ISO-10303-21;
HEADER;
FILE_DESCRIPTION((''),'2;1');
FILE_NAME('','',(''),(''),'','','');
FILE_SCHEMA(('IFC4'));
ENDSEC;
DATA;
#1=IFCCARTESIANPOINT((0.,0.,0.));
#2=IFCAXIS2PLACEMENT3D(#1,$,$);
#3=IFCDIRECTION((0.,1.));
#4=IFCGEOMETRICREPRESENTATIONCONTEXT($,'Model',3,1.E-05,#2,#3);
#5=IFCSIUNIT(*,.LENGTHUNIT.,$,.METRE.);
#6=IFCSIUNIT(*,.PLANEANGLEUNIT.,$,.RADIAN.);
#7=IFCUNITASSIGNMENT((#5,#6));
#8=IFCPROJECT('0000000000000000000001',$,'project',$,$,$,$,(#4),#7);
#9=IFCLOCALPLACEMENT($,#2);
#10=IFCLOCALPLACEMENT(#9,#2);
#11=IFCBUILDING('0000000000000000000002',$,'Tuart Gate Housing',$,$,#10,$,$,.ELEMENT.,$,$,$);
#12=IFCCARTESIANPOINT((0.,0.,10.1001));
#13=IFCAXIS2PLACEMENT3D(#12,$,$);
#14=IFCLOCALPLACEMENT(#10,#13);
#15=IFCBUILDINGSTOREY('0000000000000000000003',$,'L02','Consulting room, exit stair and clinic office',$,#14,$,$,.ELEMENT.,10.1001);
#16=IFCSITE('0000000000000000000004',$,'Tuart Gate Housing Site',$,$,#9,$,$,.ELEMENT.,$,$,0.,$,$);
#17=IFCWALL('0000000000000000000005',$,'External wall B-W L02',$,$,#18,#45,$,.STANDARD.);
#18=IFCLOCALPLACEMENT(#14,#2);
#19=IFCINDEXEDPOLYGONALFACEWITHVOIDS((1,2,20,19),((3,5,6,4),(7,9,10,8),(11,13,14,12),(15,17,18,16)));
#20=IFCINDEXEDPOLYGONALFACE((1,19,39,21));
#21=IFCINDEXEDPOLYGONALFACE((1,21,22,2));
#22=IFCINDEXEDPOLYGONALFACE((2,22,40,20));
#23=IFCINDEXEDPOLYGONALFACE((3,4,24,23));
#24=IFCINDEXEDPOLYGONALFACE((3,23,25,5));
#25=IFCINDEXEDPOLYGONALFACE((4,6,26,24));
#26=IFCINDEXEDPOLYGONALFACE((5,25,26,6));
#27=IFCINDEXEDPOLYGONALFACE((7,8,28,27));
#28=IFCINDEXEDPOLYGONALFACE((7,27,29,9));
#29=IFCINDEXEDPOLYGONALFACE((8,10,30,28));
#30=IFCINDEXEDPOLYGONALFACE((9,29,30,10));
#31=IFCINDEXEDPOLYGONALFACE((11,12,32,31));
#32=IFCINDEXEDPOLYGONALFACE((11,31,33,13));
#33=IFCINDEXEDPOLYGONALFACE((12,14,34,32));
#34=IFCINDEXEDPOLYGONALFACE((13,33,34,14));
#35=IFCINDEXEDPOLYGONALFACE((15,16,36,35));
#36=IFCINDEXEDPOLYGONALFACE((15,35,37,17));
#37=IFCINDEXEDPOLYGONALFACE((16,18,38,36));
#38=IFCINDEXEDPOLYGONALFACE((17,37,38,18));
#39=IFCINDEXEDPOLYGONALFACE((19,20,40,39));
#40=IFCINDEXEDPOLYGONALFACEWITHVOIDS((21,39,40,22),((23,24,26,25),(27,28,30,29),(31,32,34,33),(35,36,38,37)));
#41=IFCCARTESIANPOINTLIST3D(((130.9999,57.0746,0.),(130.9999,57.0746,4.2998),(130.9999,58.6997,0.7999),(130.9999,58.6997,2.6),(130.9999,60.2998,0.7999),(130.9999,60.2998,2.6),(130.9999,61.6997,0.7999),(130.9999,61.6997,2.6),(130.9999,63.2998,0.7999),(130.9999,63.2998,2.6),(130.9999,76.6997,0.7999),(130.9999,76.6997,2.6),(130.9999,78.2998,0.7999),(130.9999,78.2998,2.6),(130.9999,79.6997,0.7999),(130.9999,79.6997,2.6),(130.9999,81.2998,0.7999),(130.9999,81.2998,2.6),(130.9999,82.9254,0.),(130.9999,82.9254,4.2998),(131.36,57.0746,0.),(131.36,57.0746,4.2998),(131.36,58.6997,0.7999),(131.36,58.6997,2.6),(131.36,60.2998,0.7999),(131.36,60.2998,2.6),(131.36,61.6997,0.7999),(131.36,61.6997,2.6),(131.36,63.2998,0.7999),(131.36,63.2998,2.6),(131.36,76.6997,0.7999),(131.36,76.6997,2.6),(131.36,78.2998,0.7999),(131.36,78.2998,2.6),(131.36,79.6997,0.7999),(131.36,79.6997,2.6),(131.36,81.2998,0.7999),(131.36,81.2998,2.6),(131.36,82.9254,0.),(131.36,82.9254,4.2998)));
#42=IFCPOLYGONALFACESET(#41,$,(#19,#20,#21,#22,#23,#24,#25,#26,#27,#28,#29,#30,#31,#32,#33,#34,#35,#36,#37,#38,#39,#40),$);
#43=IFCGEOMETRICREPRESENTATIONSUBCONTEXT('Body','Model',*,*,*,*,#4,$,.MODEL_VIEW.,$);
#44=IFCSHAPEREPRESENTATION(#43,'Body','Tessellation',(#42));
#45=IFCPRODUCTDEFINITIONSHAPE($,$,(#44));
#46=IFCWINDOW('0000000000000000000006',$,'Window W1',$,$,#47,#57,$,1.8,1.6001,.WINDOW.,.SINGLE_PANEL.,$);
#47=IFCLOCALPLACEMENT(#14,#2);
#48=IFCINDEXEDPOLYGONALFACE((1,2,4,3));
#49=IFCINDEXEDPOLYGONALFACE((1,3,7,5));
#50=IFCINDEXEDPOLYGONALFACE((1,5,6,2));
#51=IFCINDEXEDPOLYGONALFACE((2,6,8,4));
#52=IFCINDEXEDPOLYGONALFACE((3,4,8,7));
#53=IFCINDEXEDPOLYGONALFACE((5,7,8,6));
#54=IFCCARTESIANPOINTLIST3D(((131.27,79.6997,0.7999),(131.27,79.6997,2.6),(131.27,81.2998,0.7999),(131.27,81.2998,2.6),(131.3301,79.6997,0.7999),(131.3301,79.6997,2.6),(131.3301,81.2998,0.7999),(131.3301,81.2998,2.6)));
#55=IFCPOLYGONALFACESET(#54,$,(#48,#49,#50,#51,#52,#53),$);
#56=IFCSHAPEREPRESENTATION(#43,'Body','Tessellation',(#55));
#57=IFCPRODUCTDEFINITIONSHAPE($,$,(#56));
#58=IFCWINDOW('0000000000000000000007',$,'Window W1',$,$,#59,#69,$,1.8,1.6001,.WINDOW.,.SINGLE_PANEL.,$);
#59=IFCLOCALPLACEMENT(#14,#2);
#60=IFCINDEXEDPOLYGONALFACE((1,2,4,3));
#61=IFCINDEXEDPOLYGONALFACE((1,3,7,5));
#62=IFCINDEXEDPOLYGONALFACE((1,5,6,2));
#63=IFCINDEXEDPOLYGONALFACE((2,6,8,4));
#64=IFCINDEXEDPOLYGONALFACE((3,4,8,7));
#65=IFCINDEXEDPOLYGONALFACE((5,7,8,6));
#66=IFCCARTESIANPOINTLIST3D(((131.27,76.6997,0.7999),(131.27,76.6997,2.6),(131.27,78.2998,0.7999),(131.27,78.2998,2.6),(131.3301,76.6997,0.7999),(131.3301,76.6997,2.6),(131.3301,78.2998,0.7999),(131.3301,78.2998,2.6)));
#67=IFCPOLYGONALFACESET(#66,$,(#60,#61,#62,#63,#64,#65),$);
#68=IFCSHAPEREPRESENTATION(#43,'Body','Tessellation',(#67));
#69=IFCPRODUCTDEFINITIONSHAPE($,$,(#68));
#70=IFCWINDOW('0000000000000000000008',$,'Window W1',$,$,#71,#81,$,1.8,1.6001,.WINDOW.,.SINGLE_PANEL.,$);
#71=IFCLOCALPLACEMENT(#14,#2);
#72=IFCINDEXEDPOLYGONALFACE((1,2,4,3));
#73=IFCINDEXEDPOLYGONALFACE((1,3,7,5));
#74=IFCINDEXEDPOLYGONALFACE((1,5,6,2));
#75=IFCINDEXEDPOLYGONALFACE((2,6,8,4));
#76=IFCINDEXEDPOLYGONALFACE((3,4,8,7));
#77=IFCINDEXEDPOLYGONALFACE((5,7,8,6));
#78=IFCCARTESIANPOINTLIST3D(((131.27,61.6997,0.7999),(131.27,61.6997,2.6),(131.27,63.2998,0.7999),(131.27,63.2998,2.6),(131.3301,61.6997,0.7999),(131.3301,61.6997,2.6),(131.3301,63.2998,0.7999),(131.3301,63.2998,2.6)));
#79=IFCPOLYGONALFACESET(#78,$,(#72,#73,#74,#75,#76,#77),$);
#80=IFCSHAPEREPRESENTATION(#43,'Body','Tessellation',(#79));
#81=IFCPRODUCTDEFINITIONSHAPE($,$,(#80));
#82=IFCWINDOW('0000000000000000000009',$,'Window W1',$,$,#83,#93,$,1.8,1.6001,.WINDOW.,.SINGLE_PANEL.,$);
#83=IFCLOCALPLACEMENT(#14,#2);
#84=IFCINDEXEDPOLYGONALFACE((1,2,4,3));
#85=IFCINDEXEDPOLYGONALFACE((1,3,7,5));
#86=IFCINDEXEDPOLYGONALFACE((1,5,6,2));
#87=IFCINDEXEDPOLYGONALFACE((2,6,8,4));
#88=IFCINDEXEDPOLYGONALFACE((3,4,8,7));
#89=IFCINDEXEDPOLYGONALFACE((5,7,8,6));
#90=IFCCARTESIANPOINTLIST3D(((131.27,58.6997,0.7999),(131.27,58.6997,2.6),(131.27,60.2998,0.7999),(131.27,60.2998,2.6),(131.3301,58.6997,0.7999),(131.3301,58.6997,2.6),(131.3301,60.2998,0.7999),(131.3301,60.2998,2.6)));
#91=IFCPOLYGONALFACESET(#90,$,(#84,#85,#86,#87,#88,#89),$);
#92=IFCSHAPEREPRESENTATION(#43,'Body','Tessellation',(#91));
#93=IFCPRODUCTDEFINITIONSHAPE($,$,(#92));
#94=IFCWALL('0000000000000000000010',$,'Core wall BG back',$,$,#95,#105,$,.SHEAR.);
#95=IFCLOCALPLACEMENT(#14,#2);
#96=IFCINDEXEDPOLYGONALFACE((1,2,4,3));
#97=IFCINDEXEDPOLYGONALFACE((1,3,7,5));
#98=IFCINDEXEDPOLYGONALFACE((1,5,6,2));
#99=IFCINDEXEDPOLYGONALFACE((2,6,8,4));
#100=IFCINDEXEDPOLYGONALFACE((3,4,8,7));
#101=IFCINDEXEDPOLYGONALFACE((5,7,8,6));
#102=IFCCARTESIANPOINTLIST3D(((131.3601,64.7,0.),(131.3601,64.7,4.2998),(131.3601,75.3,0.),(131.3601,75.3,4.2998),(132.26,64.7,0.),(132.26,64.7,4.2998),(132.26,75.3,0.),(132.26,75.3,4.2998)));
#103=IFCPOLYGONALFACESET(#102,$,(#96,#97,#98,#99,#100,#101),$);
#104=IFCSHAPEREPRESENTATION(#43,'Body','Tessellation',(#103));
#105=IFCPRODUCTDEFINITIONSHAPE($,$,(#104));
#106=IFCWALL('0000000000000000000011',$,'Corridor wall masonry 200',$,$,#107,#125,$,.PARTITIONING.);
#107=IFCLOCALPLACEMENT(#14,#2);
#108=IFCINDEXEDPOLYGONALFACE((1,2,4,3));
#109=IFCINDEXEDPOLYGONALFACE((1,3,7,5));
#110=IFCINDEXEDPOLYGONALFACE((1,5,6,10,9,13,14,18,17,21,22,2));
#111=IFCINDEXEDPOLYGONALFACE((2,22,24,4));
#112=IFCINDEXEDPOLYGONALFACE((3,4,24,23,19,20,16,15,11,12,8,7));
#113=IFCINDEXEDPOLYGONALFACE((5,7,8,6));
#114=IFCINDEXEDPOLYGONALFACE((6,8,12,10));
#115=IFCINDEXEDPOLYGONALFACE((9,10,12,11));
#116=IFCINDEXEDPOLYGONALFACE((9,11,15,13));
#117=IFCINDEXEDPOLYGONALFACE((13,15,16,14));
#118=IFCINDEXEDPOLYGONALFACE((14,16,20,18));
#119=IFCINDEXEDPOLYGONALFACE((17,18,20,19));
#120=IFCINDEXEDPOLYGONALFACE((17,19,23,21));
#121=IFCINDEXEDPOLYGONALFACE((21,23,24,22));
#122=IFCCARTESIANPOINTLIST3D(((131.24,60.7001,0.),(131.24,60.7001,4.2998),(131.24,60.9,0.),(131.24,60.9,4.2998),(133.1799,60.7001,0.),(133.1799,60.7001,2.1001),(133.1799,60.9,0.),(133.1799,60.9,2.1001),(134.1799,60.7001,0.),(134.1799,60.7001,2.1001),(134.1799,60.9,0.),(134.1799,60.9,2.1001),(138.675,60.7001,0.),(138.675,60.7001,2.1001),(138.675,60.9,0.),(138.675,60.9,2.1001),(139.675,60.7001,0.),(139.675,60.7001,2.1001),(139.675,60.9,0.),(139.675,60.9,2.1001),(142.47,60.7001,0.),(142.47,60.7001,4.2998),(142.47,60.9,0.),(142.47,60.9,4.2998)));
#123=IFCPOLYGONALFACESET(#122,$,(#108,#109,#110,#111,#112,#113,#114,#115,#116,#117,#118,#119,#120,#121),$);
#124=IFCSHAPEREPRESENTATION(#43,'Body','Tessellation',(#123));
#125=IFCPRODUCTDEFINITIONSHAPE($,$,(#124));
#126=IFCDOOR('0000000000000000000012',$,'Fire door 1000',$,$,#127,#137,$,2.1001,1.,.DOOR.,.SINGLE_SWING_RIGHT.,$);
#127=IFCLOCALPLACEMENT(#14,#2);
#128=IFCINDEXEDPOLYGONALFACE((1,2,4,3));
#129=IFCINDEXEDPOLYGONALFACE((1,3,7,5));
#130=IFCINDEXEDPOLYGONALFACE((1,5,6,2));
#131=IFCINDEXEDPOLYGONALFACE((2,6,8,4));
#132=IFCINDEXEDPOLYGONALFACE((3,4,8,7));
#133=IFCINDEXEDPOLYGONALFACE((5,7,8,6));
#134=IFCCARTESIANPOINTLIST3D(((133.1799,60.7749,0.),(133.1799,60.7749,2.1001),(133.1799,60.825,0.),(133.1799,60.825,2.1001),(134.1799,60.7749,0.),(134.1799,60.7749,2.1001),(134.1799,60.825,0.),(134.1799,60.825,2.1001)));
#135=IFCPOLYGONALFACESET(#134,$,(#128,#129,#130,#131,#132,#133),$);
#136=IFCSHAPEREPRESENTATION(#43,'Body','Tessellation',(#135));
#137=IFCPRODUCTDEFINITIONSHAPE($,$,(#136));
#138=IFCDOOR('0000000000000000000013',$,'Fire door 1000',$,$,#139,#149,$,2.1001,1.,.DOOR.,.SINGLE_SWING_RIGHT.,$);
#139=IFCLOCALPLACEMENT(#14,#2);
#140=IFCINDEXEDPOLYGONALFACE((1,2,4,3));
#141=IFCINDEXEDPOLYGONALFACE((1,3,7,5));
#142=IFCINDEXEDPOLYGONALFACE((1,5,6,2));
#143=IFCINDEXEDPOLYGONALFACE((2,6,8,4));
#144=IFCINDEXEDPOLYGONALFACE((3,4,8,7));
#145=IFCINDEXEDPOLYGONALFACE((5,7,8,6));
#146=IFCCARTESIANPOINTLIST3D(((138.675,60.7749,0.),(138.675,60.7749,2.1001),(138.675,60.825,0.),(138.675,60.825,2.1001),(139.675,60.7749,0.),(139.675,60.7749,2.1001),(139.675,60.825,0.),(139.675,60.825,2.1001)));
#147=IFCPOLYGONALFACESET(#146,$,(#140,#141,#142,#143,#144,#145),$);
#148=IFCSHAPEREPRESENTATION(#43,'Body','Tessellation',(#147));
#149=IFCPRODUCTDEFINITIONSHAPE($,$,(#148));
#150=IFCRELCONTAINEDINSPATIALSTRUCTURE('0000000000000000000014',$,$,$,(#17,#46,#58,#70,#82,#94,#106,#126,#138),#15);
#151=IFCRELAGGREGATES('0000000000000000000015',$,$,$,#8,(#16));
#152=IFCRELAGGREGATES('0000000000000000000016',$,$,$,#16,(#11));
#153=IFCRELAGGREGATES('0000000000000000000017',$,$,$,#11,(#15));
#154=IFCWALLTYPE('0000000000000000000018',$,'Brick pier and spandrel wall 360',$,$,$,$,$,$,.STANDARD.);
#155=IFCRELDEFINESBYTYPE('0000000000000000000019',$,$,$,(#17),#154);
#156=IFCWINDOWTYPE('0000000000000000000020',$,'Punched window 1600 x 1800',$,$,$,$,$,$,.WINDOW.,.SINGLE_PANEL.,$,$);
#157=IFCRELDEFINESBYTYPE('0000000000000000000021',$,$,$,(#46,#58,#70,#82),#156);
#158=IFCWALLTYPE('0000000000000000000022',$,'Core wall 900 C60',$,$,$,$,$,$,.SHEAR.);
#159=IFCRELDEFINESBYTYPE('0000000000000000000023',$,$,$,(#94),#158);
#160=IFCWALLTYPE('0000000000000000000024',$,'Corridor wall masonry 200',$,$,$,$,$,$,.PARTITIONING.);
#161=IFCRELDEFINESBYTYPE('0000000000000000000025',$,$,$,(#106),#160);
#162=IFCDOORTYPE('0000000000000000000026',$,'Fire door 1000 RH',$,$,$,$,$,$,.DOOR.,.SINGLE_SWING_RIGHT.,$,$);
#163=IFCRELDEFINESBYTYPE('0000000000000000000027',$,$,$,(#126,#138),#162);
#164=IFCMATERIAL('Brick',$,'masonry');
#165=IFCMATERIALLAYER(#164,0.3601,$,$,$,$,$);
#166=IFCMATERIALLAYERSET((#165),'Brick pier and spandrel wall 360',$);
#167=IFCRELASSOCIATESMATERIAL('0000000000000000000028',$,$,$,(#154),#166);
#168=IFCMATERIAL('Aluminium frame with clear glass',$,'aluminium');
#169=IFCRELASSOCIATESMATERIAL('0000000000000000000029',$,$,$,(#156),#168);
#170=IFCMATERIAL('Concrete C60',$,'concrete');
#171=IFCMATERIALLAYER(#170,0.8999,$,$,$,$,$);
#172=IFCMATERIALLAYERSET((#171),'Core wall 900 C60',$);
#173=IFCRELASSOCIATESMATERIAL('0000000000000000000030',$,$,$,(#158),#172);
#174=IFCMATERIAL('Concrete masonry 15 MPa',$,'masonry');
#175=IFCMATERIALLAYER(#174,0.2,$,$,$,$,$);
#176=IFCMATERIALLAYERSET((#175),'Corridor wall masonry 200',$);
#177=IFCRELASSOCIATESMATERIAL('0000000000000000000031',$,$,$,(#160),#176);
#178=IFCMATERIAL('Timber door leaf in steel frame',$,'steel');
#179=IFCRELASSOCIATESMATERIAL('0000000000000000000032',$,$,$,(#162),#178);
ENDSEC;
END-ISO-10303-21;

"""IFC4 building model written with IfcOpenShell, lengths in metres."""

from ifc_helpers import new_model, si_unit, direction, frame, frame_2d, origin, place, context, subcontext, project, spatial, rectangle, extrude, material, layer, layer_set, type_object, element, fill, save


model = new_model("IFC4")

# Units and contexts
model_context = context("Model", 3, precision=1e-05, world=origin(), true_north=direction((0.0, 1.0)))
body_context = subcontext(model_context, "Body", "Model", "MODEL_VIEW")
ifc_project = project(units=[si_unit("LENGTHUNIT", "METRE"), si_unit("PLANEANGLEUNIT", "RADIAN")], contexts=[model_context])

# Site, building, storey
site_placement = place(None, origin())
site = spatial("IfcSite", under=ifc_project, at=site_placement, Name="Tuart Gate Housing Site", CompositionType="ELEMENT", RefElevation=0.0)
building_placement = place(site_placement, origin())
building = spatial("IfcBuilding", under=site, at=building_placement, Name="Tuart Gate Housing", CompositionType="ELEMENT")
storey_placement = place(building_placement, frame((0.0, 0.0, 10.1001)))
storey = spatial("IfcBuildingStorey", under=building, at=storey_placement, Name="L02", Description="Consulting room, exit stair and clinic office", CompositionType="ELEMENT", Elevation=10.1001)

# Shared definitions
ifc_material_1 = material(Name="Brick", Category="masonry")
ifc_layer_1 = layer(ifc_material_1, 0.3601)
ifc_layer_set_1 = layer_set([ifc_layer_1], Name="Brick pier and spandrel wall 360")
wall_type_1 = type_object("IfcWallType", Name="Brick pier and spandrel wall 360", PredefinedType="STANDARD", material=ifc_layer_set_1)
ifc_material_2 = material(Name="Aluminium frame with clear glass", Category="aluminium")
window_type = type_object("IfcWindowType", Name="Punched window 1600 x 1800", PartitioningType="SINGLE_PANEL", PredefinedType="WINDOW", material=ifc_material_2)

# Wall, openings, windows
wall_1_placement = place(storey_placement, frame((131.1799, 82.9253, 0.0), z_axis=(0.0, 0.0, 1.0), x_axis=(0.0, -1.0, 0.0)))
wall_1 = element("IfcWall", 1, at=wall_1_placement, inside=storey, type_object=wall_type_1, Name="External wall B-W L02", PredefinedType="STANDARD", context=body_context, shape_type="SweptSolid", body=[
    extrude(rectangle(XDim=25.8508, YDim=0.3601, at=frame_2d((12.9253, 0.0))), origin(), (0.0, 0.0, 1.0), 4.2998),
])
opening_1_placement = place(wall_1_placement, frame((1.6255, 0.0, 0.8)))
opening_1 = element("IfcOpeningElement", 2, at=opening_1_placement, cuts=wall_1, PredefinedType="OPENING", context=body_context, shape_type="SweptSolid", body=[
    extrude(rectangle(XDim=1.6001, YDim=1.8, at=frame_2d((0.8, 0.8999))), frame((0.0, 0.1899, 0.0), z_axis=(0.0, -1.0, 0.0), x_axis=(1.0, 0.0, 0.0)), (0.0, 0.0, 1.0), 0.3801),
])
opening_2_placement = place(wall_1_placement, frame((4.6255, 0.0, 0.8)))
opening_2 = element("IfcOpeningElement", 3, at=opening_2_placement, cuts=wall_1, PredefinedType="OPENING", context=body_context, shape_type="SweptSolid", body=[
    extrude(rectangle(XDim=1.6001, YDim=1.8, at=frame_2d((0.8, 0.8999))), frame((0.0, 0.1899, 0.0), z_axis=(0.0, -1.0, 0.0), x_axis=(1.0, 0.0, 0.0)), (0.0, 0.0, 1.0), 0.3801),
])
opening_3_placement = place(wall_1_placement, frame((19.6255, 0.0, 0.8)))
opening_3 = element("IfcOpeningElement", 4, at=opening_3_placement, cuts=wall_1, PredefinedType="OPENING", context=body_context, shape_type="SweptSolid", body=[
    extrude(rectangle(XDim=1.6001, YDim=1.8, at=frame_2d((0.8, 0.8999))), frame((0.0, 0.1899, 0.0), z_axis=(0.0, -1.0, 0.0), x_axis=(1.0, 0.0, 0.0)), (0.0, 0.0, 1.0), 0.3801),
])
opening_4_placement = place(wall_1_placement, frame((22.6255, 0.0, 0.8)))
opening_4 = element("IfcOpeningElement", 5, at=opening_4_placement, cuts=wall_1, PredefinedType="OPENING", context=body_context, shape_type="SweptSolid", body=[
    extrude(rectangle(XDim=1.6001, YDim=1.8, at=frame_2d((0.8, 0.8999))), frame((0.0, 0.1899, 0.0), z_axis=(0.0, -1.0, 0.0), x_axis=(1.0, 0.0, 0.0)), (0.0, 0.0, 1.0), 0.3801),
])
window_1_placement = place(opening_1_placement, origin())
window_1 = element("IfcWindow", 6, at=window_1_placement, inside=storey, type_object=window_type, Name="Window W1", OverallHeight=1.8, OverallWidth=1.6001, PartitioningType="SINGLE_PANEL", PredefinedType="WINDOW", context=body_context, shape_type="SweptSolid", body=[
    extrude(rectangle(XDim=1.6001, YDim=1.8, at=frame_2d((0.8, 0.8999))), frame((0.0, 0.1501, 0.0), z_axis=(0.0, -1.0, 0.0), x_axis=(1.0, 0.0, 0.0)), (0.0, 0.0, 1.0), 0.0601),
])
fill(opening_1, window_1)
window_2_placement = place(opening_2_placement, origin())
window_2 = element("IfcWindow", 7, at=window_2_placement, inside=storey, type_object=window_type, Name="Window W1", OverallHeight=1.8, OverallWidth=1.6001, PartitioningType="SINGLE_PANEL", PredefinedType="WINDOW", context=body_context, shape_type="SweptSolid", body=[
    extrude(rectangle(XDim=1.6001, YDim=1.8, at=frame_2d((0.8, 0.8999))), frame((0.0, 0.1501, 0.0), z_axis=(0.0, -1.0, 0.0), x_axis=(1.0, 0.0, 0.0)), (0.0, 0.0, 1.0), 0.0601),
])
fill(opening_2, window_2)
window_3_placement = place(opening_3_placement, origin())
window_3 = element("IfcWindow", 8, at=window_3_placement, inside=storey, type_object=window_type, Name="Window W1", OverallHeight=1.8, OverallWidth=1.6001, PartitioningType="SINGLE_PANEL", PredefinedType="WINDOW", context=body_context, shape_type="SweptSolid", body=[
    extrude(rectangle(XDim=1.6001, YDim=1.8, at=frame_2d((0.8, 0.8999))), frame((0.0, 0.1501, 0.0), z_axis=(0.0, -1.0, 0.0), x_axis=(1.0, 0.0, 0.0)), (0.0, 0.0, 1.0), 0.0601),
])
fill(opening_3, window_3)
window_4_placement = place(opening_4_placement, origin())
window_4 = element("IfcWindow", 9, at=window_4_placement, inside=storey, type_object=window_type, Name="Window W1", OverallHeight=1.8, OverallWidth=1.6001, PartitioningType="SINGLE_PANEL", PredefinedType="WINDOW", context=body_context, shape_type="SweptSolid", body=[
    extrude(rectangle(XDim=1.6001, YDim=1.8, at=frame_2d((0.8, 0.8999))), frame((0.0, 0.1501, 0.0), z_axis=(0.0, -1.0, 0.0), x_axis=(1.0, 0.0, 0.0)), (0.0, 0.0, 1.0), 0.0601),
])
fill(opening_4, window_4)

# Wall
ifc_material_3 = material(Name="Concrete C60", Category="concrete")
ifc_layer_2 = layer(ifc_material_3, 0.8999)
ifc_layer_set_2 = layer_set([ifc_layer_2], Name="Core wall 900 C60")
wall_type_2 = type_object("IfcWallType", Name="Core wall 900 C60", PredefinedType="SHEAR", material=ifc_layer_set_2)
wall_2_placement = place(storey_placement, frame((131.8101, 64.7, 0.0), z_axis=(0.0, 0.0, 1.0), x_axis=(0.0, 1.0, 0.0)))
element("IfcWall", 10, at=wall_2_placement, inside=storey, type_object=wall_type_2, Name="Core wall BG back", PredefinedType="SHEAR", context=body_context, shape_type="SweptSolid", body=[
    extrude(rectangle(XDim=10.6001, YDim=0.8999, at=frame_2d((5.3, 0.0))), origin(), (0.0, 0.0, 1.0), 4.2998),
])

# Wall, openings, doors
ifc_material_4 = material(Name="Concrete masonry 15 MPa", Category="masonry")
ifc_layer_3 = layer(ifc_material_4, 0.2)
ifc_layer_set_3 = layer_set([ifc_layer_3], Name="Corridor wall masonry 200")
wall_type_3 = type_object("IfcWallType", Name="Corridor wall masonry 200", PredefinedType="PARTITIONING", material=ifc_layer_set_3)
wall_3_placement = place(storey_placement, frame((131.24, 60.8, 0.0), z_axis=(0.0, 0.0, 1.0), x_axis=(1.0, 0.0, 0.0)))
wall_3 = element("IfcWall", 11, at=wall_3_placement, inside=storey, type_object=wall_type_3, Name="Corridor wall masonry 200", PredefinedType="PARTITIONING", context=body_context, shape_type="SweptSolid", body=[
    extrude(rectangle(XDim=11.23, YDim=0.2, at=frame_2d((5.615, 0.0))), origin(), (0.0, 0.0, 1.0), 4.2998),
])
opening_5_placement = place(wall_3_placement, frame((1.9399, 0.0, 0.0)))
opening_5 = element("IfcOpeningElement", 12, at=opening_5_placement, cuts=wall_3, PredefinedType="OPENING", context=body_context, shape_type="SweptSolid", body=[
    extrude(rectangle(XDim=1.0, YDim=2.1001, at=frame_2d((0.5, 1.05))), frame((0.0, 0.1099, 0.0), z_axis=(0.0, -1.0, 0.0), x_axis=(1.0, 0.0, 0.0)), (0.0, 0.0, 1.0), 0.22),
])
opening_6_placement = place(wall_3_placement, frame((7.4351, 0.0, 0.0)))
opening_6 = element("IfcOpeningElement", 13, at=opening_6_placement, cuts=wall_3, PredefinedType="OPENING", context=body_context, shape_type="SweptSolid", body=[
    extrude(rectangle(XDim=1.0, YDim=2.1001, at=frame_2d((0.5, 1.05))), frame((0.0, 0.1099, 0.0), z_axis=(0.0, -1.0, 0.0), x_axis=(1.0, 0.0, 0.0)), (0.0, 0.0, 1.0), 0.22),
])
ifc_material_5 = material(Name="Timber door leaf in steel frame", Category="steel")
door_type_1 = type_object("IfcDoorType", Name="Fire door 1000 RH", OperationType="SINGLE_SWING_RIGHT", PredefinedType="DOOR", material=ifc_material_5)
door_1_placement = place(opening_5_placement, frame((1.0, 0.0, 0.0), z_axis=(0.0, 0.0, 1.0), x_axis=(-1.0, 0.0, 0.0)))
door_1 = element("IfcDoor", 14, at=door_1_placement, inside=storey, type_object=door_type_1, Name="Fire door 1000", OperationType="SINGLE_SWING_RIGHT", OverallHeight=2.1001, OverallWidth=1.0, PredefinedType="DOOR", context=body_context, shape_type="SweptSolid", body=[
    extrude(rectangle(XDim=1.0, YDim=2.1001, at=frame_2d((0.5, 1.05))), frame((0.0, 0.0251, 0.0), z_axis=(0.0, -1.0, 0.0), x_axis=(1.0, 0.0, 0.0)), (0.0, 0.0, 1.0), 0.05),
])
fill(opening_5, door_1)
door_2_placement = place(opening_6_placement, frame((1.0, 0.0, 0.0), z_axis=(0.0, 0.0, 1.0), x_axis=(-1.0, 0.0, 0.0)))
door_2 = element("IfcDoor", 15, at=door_2_placement, inside=storey, type_object=door_type_1, Name="Fire door 1000", OperationType="SINGLE_SWING_RIGHT", OverallHeight=2.1001, OverallWidth=1.0, PredefinedType="DOOR", context=body_context, shape_type="SweptSolid", body=[
    extrude(rectangle(XDim=1.0, YDim=2.1001, at=frame_2d((0.5, 1.05))), frame((0.0, 0.0251, 0.0), z_axis=(0.0, -1.0, 0.0), x_axis=(1.0, 0.0, 0.0)), (0.0, 0.0, 1.0), 0.05),
])
fill(opening_6, door_2)

save(model, "model.ifc")
